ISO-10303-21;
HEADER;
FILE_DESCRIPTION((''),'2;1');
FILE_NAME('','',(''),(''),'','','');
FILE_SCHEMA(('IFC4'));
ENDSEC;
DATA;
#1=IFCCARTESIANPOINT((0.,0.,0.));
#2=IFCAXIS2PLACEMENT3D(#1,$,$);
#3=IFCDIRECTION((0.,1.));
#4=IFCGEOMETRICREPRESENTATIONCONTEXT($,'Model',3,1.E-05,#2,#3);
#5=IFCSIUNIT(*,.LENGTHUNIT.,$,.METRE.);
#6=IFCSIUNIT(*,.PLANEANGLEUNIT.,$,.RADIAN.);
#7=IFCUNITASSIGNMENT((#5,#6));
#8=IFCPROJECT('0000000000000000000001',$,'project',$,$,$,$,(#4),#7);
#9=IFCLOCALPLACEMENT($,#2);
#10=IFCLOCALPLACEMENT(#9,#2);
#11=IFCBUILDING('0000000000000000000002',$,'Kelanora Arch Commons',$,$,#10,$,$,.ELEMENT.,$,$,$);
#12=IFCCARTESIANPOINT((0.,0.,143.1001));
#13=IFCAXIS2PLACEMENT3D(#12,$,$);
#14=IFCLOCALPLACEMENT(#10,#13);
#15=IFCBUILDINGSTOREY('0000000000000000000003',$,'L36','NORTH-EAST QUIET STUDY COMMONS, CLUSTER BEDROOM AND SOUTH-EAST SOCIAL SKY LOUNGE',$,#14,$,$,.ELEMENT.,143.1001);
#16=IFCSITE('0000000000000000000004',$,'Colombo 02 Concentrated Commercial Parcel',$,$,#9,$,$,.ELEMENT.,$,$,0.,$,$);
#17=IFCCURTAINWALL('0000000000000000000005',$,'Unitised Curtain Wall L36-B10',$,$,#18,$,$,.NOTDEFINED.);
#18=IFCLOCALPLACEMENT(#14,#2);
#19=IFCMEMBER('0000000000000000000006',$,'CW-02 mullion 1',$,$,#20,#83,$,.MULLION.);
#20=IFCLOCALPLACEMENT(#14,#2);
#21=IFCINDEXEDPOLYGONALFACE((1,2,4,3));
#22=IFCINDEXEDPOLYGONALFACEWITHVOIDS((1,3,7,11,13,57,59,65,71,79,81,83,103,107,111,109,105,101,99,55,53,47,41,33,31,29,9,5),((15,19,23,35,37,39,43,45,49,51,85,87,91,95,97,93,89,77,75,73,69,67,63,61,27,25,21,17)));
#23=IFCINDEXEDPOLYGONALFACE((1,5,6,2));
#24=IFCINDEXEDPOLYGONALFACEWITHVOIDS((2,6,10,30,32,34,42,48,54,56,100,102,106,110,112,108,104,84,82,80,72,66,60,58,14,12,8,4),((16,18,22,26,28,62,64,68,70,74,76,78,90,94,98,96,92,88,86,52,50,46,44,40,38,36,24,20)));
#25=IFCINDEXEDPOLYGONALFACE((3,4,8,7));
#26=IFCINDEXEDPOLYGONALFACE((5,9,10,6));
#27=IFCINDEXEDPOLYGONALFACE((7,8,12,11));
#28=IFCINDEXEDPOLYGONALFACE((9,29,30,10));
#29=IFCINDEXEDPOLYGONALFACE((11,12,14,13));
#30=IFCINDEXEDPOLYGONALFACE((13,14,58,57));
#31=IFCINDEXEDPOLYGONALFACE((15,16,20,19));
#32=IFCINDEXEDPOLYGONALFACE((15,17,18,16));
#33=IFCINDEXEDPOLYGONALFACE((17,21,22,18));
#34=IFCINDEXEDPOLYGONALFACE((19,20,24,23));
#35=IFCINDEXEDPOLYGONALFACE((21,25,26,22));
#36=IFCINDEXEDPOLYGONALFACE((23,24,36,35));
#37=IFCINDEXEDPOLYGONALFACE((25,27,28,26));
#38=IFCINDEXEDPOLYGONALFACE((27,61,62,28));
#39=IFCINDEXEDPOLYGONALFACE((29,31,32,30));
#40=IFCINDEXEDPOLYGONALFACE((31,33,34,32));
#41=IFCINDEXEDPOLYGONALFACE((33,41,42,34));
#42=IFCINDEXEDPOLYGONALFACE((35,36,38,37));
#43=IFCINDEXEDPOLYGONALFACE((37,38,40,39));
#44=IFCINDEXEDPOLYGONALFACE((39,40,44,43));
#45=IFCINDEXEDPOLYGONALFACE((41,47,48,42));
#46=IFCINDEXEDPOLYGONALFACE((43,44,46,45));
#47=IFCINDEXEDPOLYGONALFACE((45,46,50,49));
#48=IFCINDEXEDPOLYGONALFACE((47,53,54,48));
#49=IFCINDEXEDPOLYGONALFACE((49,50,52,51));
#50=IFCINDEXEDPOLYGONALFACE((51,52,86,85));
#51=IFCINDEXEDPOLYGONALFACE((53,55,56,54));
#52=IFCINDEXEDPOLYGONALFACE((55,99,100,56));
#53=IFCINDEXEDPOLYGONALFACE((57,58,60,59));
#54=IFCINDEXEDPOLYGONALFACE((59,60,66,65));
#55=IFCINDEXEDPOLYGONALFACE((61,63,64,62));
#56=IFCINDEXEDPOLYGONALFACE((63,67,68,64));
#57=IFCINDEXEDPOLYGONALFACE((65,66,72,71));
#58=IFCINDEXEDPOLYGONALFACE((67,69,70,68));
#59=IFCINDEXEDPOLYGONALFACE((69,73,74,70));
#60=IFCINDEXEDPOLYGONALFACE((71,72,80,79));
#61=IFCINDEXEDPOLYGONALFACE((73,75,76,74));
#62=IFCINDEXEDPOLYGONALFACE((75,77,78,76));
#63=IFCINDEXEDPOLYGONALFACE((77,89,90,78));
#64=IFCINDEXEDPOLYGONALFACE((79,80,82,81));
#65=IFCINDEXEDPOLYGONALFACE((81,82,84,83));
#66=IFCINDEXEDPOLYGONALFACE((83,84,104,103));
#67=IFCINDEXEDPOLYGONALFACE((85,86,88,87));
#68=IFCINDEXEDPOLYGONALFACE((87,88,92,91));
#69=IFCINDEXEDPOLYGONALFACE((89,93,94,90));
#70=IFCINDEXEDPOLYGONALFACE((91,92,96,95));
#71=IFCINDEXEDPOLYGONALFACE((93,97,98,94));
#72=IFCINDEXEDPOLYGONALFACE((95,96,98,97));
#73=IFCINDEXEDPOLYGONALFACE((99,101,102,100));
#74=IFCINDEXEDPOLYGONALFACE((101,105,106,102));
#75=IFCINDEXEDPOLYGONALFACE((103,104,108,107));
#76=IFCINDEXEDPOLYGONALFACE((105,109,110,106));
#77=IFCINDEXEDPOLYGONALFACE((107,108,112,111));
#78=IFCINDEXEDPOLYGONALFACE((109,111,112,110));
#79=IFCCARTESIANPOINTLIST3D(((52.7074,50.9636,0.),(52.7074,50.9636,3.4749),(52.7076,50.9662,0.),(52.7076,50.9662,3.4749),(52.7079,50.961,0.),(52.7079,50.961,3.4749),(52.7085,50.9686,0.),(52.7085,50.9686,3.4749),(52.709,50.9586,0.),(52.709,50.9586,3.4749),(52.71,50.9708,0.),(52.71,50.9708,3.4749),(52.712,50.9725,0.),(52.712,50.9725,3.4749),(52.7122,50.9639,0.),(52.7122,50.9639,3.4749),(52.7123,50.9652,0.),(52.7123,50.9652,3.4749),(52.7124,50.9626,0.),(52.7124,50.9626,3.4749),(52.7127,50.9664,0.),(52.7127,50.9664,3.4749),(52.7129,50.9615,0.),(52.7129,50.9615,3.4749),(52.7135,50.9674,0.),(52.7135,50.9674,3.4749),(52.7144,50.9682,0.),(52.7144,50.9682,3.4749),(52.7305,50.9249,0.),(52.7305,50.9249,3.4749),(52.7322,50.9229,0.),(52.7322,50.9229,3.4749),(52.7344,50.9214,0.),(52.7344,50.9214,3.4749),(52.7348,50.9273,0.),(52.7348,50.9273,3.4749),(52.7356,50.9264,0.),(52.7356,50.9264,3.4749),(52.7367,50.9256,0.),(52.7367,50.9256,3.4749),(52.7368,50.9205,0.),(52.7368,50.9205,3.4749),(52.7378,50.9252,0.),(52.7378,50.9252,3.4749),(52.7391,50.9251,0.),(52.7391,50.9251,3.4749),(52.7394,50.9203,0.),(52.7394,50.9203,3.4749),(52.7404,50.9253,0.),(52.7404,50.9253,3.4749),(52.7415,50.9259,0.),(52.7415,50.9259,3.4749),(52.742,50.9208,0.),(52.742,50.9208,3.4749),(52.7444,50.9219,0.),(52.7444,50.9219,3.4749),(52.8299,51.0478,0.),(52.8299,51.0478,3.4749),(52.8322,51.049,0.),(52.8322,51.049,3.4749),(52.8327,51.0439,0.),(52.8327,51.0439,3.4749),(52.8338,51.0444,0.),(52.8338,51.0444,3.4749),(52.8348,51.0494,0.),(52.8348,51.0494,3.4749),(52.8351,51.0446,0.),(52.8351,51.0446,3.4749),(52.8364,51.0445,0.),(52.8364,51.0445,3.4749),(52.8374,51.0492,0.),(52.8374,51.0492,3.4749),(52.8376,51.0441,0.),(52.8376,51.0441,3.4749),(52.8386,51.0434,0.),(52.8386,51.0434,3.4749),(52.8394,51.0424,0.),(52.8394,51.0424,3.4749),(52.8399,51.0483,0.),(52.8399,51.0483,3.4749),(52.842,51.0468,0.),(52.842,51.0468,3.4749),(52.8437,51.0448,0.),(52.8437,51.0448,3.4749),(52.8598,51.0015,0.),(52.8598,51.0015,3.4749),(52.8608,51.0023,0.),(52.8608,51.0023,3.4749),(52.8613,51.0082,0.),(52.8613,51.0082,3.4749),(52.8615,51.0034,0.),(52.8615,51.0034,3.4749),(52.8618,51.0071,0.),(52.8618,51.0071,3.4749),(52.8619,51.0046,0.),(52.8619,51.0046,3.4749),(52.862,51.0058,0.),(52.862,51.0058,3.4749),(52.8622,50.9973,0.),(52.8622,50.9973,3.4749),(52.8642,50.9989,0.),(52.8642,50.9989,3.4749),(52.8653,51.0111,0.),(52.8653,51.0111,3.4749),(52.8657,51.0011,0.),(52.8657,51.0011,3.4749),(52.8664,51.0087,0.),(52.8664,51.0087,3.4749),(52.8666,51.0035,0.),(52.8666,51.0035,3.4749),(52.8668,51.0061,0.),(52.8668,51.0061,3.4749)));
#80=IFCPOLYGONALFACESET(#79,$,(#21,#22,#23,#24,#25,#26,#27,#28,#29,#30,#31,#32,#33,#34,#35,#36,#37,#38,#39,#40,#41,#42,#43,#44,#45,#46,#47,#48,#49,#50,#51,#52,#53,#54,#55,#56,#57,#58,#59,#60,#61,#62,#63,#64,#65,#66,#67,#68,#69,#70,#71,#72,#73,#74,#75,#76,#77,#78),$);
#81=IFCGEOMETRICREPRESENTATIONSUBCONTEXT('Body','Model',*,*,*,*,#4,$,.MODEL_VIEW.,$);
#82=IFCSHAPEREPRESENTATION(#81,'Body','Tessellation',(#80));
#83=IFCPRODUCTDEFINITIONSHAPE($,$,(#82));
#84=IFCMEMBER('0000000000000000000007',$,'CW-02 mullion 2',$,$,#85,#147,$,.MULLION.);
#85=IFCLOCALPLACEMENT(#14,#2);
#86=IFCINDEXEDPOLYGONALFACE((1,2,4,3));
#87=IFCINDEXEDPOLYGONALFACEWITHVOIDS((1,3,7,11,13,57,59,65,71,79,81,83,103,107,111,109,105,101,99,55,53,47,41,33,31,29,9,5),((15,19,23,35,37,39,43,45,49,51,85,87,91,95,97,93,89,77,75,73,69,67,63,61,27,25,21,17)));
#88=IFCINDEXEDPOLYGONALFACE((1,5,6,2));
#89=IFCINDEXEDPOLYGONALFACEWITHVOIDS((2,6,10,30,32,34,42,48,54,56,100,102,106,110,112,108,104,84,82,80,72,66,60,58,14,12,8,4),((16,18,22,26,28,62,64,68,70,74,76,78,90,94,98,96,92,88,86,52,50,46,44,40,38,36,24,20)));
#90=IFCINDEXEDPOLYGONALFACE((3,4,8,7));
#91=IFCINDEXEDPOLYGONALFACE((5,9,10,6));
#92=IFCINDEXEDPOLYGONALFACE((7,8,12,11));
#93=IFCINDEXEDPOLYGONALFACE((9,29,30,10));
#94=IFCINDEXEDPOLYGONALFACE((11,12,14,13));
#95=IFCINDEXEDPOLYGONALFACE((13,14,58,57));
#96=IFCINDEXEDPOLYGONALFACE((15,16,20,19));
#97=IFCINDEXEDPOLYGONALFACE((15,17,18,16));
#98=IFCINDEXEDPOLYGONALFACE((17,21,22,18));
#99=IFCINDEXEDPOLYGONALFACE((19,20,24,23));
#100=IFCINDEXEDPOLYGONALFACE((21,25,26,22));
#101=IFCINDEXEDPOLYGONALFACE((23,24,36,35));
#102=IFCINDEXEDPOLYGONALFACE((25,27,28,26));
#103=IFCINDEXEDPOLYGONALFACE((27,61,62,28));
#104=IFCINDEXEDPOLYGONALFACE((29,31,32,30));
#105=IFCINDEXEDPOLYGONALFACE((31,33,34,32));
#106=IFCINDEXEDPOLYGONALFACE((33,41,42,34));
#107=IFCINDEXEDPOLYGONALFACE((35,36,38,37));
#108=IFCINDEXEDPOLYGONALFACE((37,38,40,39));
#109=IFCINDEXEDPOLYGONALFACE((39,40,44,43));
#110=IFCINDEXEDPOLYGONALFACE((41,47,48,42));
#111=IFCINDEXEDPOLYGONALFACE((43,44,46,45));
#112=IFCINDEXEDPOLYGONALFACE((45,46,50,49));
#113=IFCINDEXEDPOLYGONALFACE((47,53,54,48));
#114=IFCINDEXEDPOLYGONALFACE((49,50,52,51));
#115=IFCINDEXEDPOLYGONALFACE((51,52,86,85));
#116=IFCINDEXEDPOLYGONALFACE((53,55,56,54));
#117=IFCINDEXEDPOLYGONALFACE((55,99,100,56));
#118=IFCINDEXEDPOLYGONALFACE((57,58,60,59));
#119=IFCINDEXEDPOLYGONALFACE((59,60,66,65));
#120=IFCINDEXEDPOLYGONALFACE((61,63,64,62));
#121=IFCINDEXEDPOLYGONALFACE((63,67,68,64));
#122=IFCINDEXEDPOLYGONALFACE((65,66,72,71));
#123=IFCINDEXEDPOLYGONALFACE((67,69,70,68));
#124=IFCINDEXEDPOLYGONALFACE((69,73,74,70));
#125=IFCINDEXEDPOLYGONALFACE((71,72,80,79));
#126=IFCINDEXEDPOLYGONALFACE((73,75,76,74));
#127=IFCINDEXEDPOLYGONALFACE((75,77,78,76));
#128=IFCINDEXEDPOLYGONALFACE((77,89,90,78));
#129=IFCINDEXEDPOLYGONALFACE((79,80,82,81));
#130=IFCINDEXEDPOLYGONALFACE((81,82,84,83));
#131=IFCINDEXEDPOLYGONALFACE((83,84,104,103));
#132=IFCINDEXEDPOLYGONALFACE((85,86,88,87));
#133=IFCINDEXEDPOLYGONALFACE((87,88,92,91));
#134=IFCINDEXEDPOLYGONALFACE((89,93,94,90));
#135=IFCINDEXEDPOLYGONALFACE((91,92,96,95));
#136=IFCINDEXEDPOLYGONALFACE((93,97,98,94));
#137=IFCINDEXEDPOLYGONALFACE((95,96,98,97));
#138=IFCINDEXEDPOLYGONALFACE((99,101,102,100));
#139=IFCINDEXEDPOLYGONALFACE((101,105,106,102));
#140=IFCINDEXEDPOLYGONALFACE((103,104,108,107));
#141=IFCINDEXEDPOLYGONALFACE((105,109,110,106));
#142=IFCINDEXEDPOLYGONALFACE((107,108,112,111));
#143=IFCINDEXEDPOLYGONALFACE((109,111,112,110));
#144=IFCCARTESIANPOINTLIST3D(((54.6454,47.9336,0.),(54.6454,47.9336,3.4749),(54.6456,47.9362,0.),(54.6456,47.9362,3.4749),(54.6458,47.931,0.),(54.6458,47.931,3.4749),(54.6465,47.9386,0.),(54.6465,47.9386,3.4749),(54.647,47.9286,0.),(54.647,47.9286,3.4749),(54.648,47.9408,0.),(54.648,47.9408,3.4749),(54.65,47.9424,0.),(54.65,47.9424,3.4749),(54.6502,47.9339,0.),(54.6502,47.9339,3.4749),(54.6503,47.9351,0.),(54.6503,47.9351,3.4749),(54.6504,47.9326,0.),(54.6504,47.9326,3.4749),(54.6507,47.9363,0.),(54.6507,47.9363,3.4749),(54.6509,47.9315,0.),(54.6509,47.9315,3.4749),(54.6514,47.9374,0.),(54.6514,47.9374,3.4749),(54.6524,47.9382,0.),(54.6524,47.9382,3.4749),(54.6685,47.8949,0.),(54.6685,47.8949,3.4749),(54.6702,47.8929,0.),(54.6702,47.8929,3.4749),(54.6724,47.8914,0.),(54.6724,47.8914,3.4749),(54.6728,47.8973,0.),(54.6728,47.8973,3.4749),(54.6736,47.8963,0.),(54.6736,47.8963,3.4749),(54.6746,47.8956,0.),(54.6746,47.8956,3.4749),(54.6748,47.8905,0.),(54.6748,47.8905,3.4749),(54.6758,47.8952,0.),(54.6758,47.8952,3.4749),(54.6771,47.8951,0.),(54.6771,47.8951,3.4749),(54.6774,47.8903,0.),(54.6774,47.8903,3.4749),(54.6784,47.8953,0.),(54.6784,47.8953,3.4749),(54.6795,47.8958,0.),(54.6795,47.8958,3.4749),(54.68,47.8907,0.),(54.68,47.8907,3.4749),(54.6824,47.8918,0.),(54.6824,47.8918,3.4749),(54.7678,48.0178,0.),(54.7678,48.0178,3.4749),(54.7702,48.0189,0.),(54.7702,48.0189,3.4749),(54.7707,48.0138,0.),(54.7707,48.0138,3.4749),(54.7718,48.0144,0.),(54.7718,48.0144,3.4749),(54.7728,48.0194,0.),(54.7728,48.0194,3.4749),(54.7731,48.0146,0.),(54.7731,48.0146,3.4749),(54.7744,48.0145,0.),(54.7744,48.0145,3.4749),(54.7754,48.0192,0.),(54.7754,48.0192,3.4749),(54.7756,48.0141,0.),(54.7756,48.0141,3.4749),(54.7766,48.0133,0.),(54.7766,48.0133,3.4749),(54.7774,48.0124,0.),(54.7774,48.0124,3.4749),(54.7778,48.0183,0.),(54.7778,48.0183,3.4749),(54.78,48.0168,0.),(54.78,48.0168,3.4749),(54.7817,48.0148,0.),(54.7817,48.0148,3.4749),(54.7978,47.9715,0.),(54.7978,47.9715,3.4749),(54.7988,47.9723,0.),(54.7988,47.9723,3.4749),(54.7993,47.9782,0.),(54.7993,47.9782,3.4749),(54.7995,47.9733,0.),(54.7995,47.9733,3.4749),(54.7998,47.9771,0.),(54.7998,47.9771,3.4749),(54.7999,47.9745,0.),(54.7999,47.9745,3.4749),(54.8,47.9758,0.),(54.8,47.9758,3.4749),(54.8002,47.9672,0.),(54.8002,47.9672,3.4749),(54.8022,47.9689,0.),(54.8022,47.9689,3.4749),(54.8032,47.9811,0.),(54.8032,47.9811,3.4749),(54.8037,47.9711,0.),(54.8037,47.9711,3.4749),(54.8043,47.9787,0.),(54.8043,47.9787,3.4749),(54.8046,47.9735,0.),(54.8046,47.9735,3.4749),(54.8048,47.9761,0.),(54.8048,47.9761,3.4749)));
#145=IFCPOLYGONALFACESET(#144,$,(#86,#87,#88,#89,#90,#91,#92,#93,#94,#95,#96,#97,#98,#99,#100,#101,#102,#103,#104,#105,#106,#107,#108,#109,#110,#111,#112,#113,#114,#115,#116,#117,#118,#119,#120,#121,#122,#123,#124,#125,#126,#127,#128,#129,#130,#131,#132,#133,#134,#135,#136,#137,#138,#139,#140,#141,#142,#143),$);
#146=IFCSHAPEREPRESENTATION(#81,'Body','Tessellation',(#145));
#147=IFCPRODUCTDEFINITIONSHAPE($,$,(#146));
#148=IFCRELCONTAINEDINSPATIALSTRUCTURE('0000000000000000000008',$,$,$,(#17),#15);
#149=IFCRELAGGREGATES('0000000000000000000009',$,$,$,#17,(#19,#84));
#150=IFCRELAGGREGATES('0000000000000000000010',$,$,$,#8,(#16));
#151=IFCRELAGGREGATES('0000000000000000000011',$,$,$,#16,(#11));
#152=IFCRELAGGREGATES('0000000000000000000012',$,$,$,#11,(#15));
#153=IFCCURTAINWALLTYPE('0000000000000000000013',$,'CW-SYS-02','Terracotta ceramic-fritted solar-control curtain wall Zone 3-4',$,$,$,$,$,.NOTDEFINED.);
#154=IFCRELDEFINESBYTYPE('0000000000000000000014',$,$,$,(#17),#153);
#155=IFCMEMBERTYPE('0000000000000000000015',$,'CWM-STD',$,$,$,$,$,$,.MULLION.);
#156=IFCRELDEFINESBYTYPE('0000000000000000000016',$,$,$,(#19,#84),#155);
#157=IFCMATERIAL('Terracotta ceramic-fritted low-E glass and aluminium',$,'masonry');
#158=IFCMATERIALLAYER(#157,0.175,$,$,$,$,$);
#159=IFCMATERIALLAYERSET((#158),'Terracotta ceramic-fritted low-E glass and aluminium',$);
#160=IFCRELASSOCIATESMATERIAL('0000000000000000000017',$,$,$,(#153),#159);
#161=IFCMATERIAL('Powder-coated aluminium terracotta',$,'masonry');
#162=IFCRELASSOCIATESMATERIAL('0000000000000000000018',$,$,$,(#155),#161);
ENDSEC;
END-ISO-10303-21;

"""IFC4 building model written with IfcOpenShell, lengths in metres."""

from ifc_helpers import new_model, si_unit, direction, frame, origin, origin_2d, place, context, subcontext, project, spatial, hollow_rectangle, extrude, material, layer, layer_set, material_profile, profile_set, type_object, element, aggregate, save


model = new_model("IFC4")

# Units and contexts
model_context = context("Model", 3, precision=1e-05, world=origin(), true_north=direction((0.0, 1.0)))
body_context = subcontext(model_context, "Body", "Model", "MODEL_VIEW")
ifc_project = project(units=[si_unit("LENGTHUNIT", "METRE"), si_unit("PLANEANGLEUNIT", "RADIAN")], contexts=[model_context])

# Site, building, storey
site_placement = place(None, origin())
site = spatial("IfcSite", under=ifc_project, at=site_placement, Name="Colombo 02 Concentrated Commercial Parcel", CompositionType="ELEMENT", RefElevation=0.0)
building_placement = place(site_placement, origin())
building = spatial("IfcBuilding", under=site, at=building_placement, Name="Kelanora Arch Commons", CompositionType="ELEMENT")
storey_placement = place(building_placement, frame((0.0, 0.0, 143.1001)))
storey = spatial("IfcBuildingStorey", under=building, at=storey_placement, Name="L36", Description="NORTH-EAST QUIET STUDY COMMONS, CLUSTER BEDROOM AND SOUTH-EAST SOCIAL SKY LOUNGE", CompositionType="ELEMENT", Elevation=143.1001)

# Curtain wall, members
ifc_material_1 = material(Name="Terracotta ceramic-fritted low-E glass and aluminium", Category="masonry")
ifc_layer_1 = layer(ifc_material_1, 0.175)
ifc_layer_set_1 = layer_set([ifc_layer_1], Name="Terracotta ceramic-fritted low-E glass and aluminium")
curtain_wall_type = type_object("IfcCurtainWallType", Name="CW-SYS-02", Description="Terracotta ceramic-fritted solar-control curtain wall Zone 3-4", PredefinedType="NOTDEFINED", material=ifc_layer_set_1)
curtain_wall_placement = place(storey_placement, origin())
curtain_wall = element("IfcCurtainWall", 1, at=curtain_wall_placement, inside=storey, type_object=curtain_wall_type, Name="Unitised Curtain Wall L36-B10", PredefinedType="NOTDEFINED")
ifc_material_2 = material(Name="Powder-coated aluminium terracotta", Category="masonry")
ifc_material_profile_1 = material_profile(ifc_material_2, hollow_rectangle(XDim=0.1599, YDim=0.0601, WallThickness=0.0049, InnerFilletRadius=0.0049, OuterFilletRadius=0.01, at=origin_2d()), Name="CWM160x60")
ifc_profile_set_1 = profile_set([ifc_material_profile_1], Name="Powder-coated aluminium terracotta")
member_type_1 = type_object("IfcMemberType", Name="CWM-STD", PredefinedType="MULLION", material=ifc_profile_set_1)
member_1_placement = place(storey_placement, frame((52.7871, 50.9849, 0.0), z_axis=(0.0, 0.0, 1.0), x_axis=(0.842423, 0.538817, 0.0)))
member_1 = element("IfcMember", 2, at=member_1_placement, type_object=member_type_1, Name="CW-02 mullion 1", PredefinedType="MULLION", context=body_context, shape_type="SweptSolid", body=[
    extrude(hollow_rectangle(XDim=0.1599, YDim=0.0601, WallThickness=0.0049, InnerFilletRadius=0.0049, OuterFilletRadius=0.01, at=origin_2d()), origin(), (0.0, 0.0, 1.0), 3.4749),
])
member_2_placement = place(storey_placement, frame((54.7251, 47.9548, 0.0), z_axis=(0.0, 0.0, 1.0), x_axis=(0.842423, 0.538817, 0.0)))
member_2 = element("IfcMember", 3, at=member_2_placement, type_object=member_type_1, Name="CW-02 mullion 2", PredefinedType="MULLION", context=body_context, shape_type="SweptSolid", body=[
    extrude(hollow_rectangle(XDim=0.1599, YDim=0.0601, WallThickness=0.0049, InnerFilletRadius=0.0049, OuterFilletRadius=0.01, at=origin_2d()), origin(), (0.0, 0.0, 1.0), 3.4749),
])

aggregate(curtain_wall, [member_1, member_2])

save(model, "model.ifc")
